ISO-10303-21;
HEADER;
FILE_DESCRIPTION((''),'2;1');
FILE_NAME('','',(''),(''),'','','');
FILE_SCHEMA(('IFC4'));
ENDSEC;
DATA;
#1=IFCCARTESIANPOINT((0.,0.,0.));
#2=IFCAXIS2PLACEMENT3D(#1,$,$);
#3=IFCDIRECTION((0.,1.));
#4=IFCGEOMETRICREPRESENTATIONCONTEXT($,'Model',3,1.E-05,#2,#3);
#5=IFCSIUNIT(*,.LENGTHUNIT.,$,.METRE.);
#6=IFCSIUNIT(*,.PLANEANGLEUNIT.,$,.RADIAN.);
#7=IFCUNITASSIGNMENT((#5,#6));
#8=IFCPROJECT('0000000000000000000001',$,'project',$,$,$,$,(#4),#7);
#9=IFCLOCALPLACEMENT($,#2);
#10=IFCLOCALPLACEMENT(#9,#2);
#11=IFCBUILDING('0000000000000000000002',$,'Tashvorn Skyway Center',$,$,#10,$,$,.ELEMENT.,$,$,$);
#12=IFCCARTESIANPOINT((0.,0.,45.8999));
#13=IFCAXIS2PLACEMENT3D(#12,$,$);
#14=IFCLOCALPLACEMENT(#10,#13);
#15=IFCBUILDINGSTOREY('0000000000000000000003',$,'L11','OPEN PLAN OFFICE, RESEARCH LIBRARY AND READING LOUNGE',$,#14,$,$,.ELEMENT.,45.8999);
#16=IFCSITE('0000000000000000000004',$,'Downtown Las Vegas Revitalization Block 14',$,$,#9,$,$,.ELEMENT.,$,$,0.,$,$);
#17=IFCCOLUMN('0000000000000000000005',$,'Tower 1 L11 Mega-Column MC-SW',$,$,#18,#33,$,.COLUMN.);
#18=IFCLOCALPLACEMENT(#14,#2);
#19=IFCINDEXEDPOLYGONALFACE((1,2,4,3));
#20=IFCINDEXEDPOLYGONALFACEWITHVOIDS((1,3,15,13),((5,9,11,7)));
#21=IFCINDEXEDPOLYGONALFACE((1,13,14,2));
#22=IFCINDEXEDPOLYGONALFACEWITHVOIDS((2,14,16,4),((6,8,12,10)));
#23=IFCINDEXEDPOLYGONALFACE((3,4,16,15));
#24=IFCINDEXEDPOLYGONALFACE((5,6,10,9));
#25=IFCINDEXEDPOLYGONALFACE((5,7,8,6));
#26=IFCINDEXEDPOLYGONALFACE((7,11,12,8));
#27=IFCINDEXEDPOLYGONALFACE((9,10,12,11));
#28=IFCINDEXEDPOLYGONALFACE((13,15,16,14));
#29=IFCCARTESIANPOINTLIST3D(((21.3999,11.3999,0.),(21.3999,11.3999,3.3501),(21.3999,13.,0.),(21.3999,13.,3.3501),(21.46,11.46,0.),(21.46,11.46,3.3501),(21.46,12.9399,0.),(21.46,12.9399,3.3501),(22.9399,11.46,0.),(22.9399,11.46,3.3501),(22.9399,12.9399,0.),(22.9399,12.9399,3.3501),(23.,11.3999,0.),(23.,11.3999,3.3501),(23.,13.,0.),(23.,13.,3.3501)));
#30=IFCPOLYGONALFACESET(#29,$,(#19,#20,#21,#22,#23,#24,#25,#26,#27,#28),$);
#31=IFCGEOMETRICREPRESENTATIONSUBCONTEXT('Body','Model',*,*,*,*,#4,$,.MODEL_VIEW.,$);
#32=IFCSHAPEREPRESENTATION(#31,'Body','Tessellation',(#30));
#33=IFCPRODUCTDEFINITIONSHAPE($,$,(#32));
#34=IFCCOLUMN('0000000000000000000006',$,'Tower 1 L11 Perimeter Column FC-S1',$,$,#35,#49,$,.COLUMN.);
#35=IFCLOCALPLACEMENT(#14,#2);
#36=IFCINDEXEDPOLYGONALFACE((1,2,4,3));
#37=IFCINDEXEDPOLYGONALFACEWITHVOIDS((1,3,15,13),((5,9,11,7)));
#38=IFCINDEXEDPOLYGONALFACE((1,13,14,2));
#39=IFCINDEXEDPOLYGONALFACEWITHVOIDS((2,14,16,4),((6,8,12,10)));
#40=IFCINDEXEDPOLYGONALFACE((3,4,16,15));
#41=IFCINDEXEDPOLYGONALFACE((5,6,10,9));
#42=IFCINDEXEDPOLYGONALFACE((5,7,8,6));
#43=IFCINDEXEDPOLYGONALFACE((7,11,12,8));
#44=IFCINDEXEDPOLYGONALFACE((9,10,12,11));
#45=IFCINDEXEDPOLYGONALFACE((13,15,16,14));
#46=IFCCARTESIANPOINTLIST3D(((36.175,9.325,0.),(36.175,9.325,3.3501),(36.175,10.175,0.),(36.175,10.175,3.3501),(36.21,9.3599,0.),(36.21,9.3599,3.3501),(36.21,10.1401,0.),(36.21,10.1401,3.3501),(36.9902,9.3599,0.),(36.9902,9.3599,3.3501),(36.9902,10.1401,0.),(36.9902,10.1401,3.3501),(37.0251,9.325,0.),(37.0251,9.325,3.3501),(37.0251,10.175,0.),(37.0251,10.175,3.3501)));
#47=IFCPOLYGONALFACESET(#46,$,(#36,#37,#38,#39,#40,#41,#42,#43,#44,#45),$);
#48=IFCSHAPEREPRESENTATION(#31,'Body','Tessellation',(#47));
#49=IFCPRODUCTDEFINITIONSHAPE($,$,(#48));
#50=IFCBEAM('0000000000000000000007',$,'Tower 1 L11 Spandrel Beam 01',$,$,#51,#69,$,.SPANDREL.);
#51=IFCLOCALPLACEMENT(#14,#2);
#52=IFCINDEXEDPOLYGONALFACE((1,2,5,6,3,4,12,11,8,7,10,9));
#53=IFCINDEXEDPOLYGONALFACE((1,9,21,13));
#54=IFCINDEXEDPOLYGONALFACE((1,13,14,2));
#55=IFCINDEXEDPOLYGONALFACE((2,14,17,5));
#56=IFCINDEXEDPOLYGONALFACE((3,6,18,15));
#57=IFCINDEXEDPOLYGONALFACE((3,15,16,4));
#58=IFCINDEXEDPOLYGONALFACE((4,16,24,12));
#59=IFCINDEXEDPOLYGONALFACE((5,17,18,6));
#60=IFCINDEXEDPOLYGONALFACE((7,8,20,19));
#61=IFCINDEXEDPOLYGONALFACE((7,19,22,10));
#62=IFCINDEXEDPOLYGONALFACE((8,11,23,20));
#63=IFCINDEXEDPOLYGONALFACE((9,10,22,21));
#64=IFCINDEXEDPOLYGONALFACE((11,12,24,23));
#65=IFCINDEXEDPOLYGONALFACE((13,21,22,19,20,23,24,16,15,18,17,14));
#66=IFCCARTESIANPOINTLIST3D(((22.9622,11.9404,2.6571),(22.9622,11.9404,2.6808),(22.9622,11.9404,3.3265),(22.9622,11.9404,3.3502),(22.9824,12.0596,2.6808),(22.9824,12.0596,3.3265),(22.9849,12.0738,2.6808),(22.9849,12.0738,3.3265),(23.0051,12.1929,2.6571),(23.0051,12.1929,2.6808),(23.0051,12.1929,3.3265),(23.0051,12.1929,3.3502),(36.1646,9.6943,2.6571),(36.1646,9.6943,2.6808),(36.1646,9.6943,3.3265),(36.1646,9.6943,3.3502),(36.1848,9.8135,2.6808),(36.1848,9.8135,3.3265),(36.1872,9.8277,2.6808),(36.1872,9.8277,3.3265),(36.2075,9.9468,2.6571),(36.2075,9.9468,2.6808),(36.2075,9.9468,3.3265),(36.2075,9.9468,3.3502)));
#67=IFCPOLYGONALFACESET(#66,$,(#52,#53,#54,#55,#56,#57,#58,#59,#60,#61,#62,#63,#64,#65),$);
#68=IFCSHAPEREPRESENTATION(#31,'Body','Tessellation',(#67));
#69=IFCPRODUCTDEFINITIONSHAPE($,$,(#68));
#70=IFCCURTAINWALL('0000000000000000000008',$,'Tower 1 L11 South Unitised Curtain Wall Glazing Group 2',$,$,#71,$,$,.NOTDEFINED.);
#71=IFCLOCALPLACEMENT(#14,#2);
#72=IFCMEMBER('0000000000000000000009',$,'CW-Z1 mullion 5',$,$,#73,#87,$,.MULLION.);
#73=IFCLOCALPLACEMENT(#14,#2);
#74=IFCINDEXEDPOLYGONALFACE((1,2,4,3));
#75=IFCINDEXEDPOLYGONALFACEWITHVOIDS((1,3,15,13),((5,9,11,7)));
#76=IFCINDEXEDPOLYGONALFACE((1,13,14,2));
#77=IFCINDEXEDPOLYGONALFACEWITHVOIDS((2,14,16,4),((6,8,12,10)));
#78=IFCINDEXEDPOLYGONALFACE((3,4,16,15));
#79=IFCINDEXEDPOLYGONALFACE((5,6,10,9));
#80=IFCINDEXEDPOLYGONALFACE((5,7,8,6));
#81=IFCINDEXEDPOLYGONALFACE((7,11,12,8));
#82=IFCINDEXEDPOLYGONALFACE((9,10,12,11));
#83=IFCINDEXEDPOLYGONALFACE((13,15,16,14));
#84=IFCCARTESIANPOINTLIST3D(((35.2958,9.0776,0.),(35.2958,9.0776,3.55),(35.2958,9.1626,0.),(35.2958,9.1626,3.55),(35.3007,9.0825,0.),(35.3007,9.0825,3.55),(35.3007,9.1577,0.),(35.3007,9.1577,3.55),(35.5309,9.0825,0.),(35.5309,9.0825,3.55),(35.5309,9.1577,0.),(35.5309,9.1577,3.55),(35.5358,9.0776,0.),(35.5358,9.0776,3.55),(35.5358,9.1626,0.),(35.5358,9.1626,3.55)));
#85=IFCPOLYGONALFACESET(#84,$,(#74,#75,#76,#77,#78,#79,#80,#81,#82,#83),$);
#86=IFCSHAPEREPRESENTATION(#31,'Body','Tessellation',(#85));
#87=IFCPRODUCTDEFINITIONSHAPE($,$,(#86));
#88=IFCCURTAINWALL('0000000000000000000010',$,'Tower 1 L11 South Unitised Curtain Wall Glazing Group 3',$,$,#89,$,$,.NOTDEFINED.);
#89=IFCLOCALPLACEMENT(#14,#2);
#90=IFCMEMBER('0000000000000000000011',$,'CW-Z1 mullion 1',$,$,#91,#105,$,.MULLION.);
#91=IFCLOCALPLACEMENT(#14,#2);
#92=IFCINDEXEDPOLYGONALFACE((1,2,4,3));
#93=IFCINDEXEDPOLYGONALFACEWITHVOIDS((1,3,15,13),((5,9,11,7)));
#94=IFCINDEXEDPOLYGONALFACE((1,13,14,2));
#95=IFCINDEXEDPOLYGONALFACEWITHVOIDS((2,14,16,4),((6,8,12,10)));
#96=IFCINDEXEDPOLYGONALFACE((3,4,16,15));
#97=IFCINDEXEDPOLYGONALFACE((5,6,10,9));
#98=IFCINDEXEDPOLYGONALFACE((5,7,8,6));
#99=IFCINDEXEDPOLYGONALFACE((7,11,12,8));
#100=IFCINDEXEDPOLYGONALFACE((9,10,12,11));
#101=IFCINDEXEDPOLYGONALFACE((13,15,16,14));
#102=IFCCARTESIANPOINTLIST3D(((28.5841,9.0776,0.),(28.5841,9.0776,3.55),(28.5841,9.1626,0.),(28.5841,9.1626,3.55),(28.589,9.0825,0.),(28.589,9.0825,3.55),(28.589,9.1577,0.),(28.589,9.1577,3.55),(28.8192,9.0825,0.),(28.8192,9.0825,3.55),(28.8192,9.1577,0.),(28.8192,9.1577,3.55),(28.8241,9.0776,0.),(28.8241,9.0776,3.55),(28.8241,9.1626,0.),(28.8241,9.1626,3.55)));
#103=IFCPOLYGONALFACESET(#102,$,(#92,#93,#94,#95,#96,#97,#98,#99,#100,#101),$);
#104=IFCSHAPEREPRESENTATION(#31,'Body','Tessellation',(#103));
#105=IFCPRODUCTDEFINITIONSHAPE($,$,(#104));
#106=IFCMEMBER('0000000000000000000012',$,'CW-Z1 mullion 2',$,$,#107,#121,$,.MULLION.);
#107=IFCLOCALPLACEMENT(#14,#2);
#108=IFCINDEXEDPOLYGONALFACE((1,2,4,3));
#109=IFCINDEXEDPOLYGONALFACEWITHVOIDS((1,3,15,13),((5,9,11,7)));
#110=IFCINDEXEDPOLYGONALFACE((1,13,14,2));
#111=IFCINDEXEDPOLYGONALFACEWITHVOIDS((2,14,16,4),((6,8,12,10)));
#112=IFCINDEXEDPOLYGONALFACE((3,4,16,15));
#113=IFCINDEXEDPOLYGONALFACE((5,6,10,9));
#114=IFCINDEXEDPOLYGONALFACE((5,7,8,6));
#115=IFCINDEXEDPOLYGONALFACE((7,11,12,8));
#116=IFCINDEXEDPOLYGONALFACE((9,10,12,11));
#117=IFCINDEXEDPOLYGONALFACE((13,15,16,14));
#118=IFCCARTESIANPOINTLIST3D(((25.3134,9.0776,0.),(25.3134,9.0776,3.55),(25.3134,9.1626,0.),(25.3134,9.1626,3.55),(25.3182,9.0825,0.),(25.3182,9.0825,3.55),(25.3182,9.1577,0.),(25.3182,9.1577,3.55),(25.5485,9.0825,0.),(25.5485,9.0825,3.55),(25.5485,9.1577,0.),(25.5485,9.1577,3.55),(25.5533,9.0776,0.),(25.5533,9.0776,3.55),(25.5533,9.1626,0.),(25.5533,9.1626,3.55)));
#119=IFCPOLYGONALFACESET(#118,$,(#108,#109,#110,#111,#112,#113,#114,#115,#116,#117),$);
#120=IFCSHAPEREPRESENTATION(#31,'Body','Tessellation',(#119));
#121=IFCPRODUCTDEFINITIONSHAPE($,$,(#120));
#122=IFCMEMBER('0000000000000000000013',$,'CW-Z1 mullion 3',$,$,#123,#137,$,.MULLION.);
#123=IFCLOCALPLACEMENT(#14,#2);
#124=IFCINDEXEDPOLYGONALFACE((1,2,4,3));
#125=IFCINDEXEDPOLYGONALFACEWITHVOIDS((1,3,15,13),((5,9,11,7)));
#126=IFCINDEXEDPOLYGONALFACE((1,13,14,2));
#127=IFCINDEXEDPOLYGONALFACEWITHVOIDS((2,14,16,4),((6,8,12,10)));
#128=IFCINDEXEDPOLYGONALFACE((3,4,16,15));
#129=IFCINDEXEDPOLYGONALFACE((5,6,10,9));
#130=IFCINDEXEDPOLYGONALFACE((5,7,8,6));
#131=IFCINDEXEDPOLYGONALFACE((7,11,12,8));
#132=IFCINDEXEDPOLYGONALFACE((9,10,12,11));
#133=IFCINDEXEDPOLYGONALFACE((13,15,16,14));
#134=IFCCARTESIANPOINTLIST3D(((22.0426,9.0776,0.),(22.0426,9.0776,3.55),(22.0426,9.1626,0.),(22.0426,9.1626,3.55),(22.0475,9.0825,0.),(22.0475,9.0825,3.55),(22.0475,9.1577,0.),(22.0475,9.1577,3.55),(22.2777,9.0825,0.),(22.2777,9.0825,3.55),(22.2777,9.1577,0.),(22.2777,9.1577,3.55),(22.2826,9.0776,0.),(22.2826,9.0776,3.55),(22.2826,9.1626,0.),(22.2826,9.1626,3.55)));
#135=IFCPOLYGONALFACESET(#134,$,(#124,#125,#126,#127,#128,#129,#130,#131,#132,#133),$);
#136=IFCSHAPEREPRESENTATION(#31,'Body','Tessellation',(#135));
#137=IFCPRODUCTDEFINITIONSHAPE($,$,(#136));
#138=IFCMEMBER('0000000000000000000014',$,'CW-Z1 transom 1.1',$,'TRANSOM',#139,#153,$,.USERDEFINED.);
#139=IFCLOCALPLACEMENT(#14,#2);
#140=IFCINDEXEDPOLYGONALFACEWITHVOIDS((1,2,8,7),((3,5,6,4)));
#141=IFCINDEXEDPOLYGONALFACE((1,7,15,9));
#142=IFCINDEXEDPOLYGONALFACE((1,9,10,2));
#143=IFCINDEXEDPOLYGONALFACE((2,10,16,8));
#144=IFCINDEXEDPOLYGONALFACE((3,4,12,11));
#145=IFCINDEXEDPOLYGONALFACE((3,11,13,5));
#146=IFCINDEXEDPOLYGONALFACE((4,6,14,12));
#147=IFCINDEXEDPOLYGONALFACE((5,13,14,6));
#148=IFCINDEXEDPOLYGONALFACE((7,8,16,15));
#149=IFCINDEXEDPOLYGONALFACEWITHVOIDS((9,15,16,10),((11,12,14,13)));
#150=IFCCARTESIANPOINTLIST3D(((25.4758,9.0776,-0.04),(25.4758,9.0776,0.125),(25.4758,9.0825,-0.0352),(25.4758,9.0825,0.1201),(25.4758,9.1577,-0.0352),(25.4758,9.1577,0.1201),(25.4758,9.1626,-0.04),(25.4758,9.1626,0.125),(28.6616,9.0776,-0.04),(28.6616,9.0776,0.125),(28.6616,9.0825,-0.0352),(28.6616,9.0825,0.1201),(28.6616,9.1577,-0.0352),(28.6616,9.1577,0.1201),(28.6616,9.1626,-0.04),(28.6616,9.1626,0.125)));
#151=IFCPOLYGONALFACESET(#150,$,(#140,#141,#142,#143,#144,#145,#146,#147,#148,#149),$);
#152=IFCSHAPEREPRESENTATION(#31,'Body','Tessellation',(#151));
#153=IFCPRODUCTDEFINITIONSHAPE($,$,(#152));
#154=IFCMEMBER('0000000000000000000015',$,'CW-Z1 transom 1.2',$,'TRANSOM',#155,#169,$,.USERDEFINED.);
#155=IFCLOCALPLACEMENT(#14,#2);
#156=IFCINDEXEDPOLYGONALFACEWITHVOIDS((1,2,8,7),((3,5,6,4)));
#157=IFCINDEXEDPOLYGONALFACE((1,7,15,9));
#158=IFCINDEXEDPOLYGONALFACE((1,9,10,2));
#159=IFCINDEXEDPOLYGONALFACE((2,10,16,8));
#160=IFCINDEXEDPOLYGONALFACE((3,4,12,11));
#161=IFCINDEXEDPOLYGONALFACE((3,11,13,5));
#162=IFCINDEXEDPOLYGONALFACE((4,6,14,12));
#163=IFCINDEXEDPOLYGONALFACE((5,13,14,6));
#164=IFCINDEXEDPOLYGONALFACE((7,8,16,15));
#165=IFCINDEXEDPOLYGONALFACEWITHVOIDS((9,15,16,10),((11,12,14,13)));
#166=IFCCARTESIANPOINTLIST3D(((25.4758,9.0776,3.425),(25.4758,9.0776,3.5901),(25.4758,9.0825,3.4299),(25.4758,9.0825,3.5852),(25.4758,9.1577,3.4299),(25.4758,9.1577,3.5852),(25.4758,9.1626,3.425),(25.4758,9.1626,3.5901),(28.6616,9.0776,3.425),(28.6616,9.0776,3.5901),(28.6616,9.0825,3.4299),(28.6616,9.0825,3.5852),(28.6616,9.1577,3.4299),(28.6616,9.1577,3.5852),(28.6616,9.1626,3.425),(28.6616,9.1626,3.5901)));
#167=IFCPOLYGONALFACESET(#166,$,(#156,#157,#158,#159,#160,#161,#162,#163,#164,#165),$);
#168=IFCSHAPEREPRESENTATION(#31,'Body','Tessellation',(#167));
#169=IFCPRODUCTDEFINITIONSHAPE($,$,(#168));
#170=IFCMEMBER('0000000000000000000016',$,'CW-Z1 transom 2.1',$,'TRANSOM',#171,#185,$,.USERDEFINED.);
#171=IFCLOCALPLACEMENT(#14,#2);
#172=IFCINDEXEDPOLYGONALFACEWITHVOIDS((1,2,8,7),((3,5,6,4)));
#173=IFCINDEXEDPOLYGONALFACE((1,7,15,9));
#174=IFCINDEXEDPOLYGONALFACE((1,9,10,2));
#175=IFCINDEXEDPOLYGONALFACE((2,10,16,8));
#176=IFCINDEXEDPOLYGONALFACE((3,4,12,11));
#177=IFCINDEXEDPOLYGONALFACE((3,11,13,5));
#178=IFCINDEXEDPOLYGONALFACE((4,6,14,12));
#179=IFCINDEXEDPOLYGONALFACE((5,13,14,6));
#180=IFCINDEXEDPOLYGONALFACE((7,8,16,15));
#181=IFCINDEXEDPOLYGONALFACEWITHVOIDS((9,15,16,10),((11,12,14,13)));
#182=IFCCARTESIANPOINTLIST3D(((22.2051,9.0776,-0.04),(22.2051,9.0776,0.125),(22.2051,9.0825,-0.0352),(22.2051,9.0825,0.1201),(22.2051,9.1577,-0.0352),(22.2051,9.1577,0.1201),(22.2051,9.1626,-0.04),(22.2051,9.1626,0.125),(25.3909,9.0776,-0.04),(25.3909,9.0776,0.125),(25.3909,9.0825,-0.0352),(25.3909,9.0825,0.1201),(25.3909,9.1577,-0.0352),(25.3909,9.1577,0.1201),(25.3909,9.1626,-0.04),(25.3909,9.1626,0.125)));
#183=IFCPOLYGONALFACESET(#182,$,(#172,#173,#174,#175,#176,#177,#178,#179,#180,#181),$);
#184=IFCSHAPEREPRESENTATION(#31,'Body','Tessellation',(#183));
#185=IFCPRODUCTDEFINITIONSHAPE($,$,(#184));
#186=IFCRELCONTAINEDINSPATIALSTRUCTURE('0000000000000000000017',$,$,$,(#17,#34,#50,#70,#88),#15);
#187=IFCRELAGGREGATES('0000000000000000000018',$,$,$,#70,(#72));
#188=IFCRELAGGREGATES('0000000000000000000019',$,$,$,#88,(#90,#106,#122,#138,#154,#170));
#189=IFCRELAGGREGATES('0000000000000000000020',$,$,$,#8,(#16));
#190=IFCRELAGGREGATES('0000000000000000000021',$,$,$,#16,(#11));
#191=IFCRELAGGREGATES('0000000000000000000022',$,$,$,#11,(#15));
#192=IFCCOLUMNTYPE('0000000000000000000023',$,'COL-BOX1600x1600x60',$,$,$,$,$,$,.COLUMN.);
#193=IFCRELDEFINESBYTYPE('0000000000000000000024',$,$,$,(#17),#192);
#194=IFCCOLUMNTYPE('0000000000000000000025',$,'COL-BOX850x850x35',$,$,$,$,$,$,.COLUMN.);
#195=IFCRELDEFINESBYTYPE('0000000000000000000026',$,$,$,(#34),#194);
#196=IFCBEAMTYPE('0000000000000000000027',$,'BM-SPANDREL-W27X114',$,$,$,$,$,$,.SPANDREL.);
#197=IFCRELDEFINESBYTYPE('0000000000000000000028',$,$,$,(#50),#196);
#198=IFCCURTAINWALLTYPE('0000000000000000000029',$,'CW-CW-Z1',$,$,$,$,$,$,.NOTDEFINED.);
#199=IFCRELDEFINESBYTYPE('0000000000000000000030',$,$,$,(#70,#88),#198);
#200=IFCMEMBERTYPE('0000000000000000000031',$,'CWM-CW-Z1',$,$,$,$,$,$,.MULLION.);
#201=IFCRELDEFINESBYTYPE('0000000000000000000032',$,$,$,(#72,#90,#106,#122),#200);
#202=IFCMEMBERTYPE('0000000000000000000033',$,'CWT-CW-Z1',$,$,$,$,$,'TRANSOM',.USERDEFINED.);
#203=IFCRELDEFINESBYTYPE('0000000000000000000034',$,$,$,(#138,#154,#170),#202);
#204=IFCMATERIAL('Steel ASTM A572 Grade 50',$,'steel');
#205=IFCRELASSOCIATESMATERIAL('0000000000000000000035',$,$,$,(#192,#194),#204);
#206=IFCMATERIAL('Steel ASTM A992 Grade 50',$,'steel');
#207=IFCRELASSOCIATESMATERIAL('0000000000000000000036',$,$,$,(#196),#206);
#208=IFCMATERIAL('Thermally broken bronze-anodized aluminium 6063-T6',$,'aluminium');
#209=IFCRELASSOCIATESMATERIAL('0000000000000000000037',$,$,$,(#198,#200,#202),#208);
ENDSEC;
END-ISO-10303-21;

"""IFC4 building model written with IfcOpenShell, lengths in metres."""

from ifc_helpers import new_model, si_unit, direction, frame, origin, origin_2d, place, context, subcontext, project, spatial, hollow_rectangle, i_section, extrude, material, material_profile, profile_set, type_object, element, aggregate, save


model = new_model("IFC4")

# Units and contexts
model_context = context("Model", 3, precision=1e-05, world=origin(), true_north=direction((0.0, 1.0)))
body_context = subcontext(model_context, "Body", "Model", "MODEL_VIEW")
ifc_project = project(units=[si_unit("LENGTHUNIT", "METRE"), si_unit("PLANEANGLEUNIT", "RADIAN")], contexts=[model_context])

# Site, building, storey
site_placement = place(None, origin())
site = spatial("IfcSite", under=ifc_project, at=site_placement, Name="Downtown Las Vegas Revitalization Block 14", CompositionType="ELEMENT", RefElevation=0.0)
building_placement = place(site_placement, origin())
building = spatial("IfcBuilding", under=site, at=building_placement, Name="Tashvorn Skyway Center", CompositionType="ELEMENT")
storey_placement = place(building_placement, frame((0.0, 0.0, 45.8999)))
storey = spatial("IfcBuildingStorey", under=building, at=storey_placement, Name="L11", Description="OPEN PLAN OFFICE, RESEARCH LIBRARY AND READING LOUNGE", CompositionType="ELEMENT", Elevation=45.8999)

# Columns
ifc_material_1 = material(Name="Steel ASTM A572 Grade 50", Category="steel")
ifc_material_profile_1 = material_profile(ifc_material_1, hollow_rectangle(XDim=1.6001, YDim=1.6001, WallThickness=0.0601, at=origin_2d()), Name="BOX1600x1600x60")
ifc_profile_set_1 = profile_set([ifc_material_profile_1], Name="Steel ASTM A572 Grade 50")
column_type_1 = type_object("IfcColumnType", Name="COL-BOX1600x1600x60", PredefinedType="COLUMN", material=ifc_profile_set_1)
column_1_placement = place(storey_placement, frame((22.2, 12.2, 0.0), z_axis=(0.0, 0.0, 1.0), x_axis=(1.0, 0.0, 0.0)))
element("IfcColumn", 1, at=column_1_placement, inside=storey, type_object=column_type_1, Name="Tower 1 L11 Mega-Column MC-SW", PredefinedType="COLUMN", context=body_context, shape_type="SweptSolid", body=[
    extrude(hollow_rectangle(XDim=1.6001, YDim=1.6001, WallThickness=0.0601, at=origin_2d()), origin(), (0.0, 0.0, 1.0), 3.3501),
])
ifc_material_profile_2 = material_profile(ifc_material_1, hollow_rectangle(XDim=0.8501, YDim=0.8501, WallThickness=0.0349, at=origin_2d()), Name="BOX850x850x35")
ifc_profile_set_2 = profile_set([ifc_material_profile_2], Name="Steel ASTM A572 Grade 50")
column_type_2 = type_object("IfcColumnType", Name="COL-BOX850x850x35", PredefinedType="COLUMN", material=ifc_profile_set_2)
column_2_placement = place(storey_placement, frame((36.6001, 9.75, 0.0), z_axis=(0.0, 0.0, 1.0), x_axis=(1.0, 0.0, 0.0)))
element("IfcColumn", 2, at=column_2_placement, inside=storey, type_object=column_type_2, Name="Tower 1 L11 Perimeter Column FC-S1", PredefinedType="COLUMN", context=body_context, shape_type="SweptSolid", body=[
    extrude(hollow_rectangle(XDim=0.8501, YDim=0.8501, WallThickness=0.0349, at=origin_2d()), origin(), (0.0, 0.0, 1.0), 3.3501),
])

# Beam
ifc_material_2 = material(Name="Steel ASTM A992 Grade 50", Category="steel")
ifc_material_profile_3 = material_profile(ifc_material_2, i_section(OverallWidth=0.2561, OverallDepth=0.6931, WebThickness=0.0144, FlangeThickness=0.0237, at=origin_2d()), Name="W27X114")
ifc_profile_set_3 = profile_set([ifc_material_profile_3], Name="Steel ASTM A992 Grade 50")
beam_type = type_object("IfcBeamType", Name="BM-SPANDREL-W27X114", PredefinedType="SPANDREL", material=ifc_profile_set_3)
beam_placement = place(storey_placement, frame((22.9836, 12.0667, 3.0037), z_axis=(0.985835, -0.167718, 0.0), x_axis=(0.167718, 0.985835, 0.0)))
element("IfcBeam", 3, at=beam_placement, inside=storey, type_object=beam_type, Name="Tower 1 L11 Spandrel Beam 01", PredefinedType="SPANDREL", context=body_context, shape_type="SweptSolid", body=[
    extrude(i_section(OverallWidth=0.2561, OverallDepth=0.6931, WebThickness=0.0144, FlangeThickness=0.0237, at=origin_2d()), origin(), (0.0, 0.0, 1.0), 13.3921),
])

# Curtain wall, member
ifc_material_3 = material(Name="Thermally broken bronze-anodized aluminium 6063-T6", Category="aluminium")
curtain_wall_type = type_object("IfcCurtainWallType", Name="CW-CW-Z1", PredefinedType="NOTDEFINED", material=ifc_material_3)
curtain_wall_1_placement = place(storey_placement, origin())
curtain_wall_1 = element("IfcCurtainWall", 4, at=curtain_wall_1_placement, inside=storey, type_object=curtain_wall_type, Name="Tower 1 L11 South Unitised Curtain Wall Glazing Group 2", PredefinedType="NOTDEFINED")
ifc_material_profile_4 = material_profile(ifc_material_3, hollow_rectangle(XDim=0.085, YDim=0.24, WallThickness=0.0049, at=origin_2d()), Name="ALU-MULL-85x240")
ifc_profile_set_4 = profile_set([ifc_material_profile_4], Name="Thermally broken bronze-anodized aluminium 6063-T6")
member_type_1 = type_object("IfcMemberType", Name="CWM-CW-Z1", PredefinedType="MULLION", material=ifc_profile_set_4)
member_1_placement = place(storey_placement, frame((35.4158, 9.1201, 0.0), z_axis=(0.0, 0.0, 1.0), x_axis=(0.0, -1.0, 0.0)))
member_1 = element("IfcMember", 5, at=member_1_placement, type_object=member_type_1, Name="CW-Z1 mullion 5", PredefinedType="MULLION", context=body_context, shape_type="SweptSolid", body=[
    extrude(hollow_rectangle(XDim=0.085, YDim=0.24, WallThickness=0.0049, at=origin_2d()), origin(), (0.0, 0.0, 1.0), 3.55),
])
aggregate(curtain_wall_1, [member_1])

# Curtain wall, members
curtain_wall_2_placement = place(storey_placement, origin())
curtain_wall_2 = element("IfcCurtainWall", 6, at=curtain_wall_2_placement, inside=storey, type_object=curtain_wall_type, Name="Tower 1 L11 South Unitised Curtain Wall Glazing Group 3", PredefinedType="NOTDEFINED")
member_2_placement = place(storey_placement, frame((28.7041, 9.1201, 0.0), z_axis=(0.0, 0.0, 1.0), x_axis=(0.0, -1.0, 0.0)))
member_2 = element("IfcMember", 7, at=member_2_placement, type_object=member_type_1, Name="CW-Z1 mullion 1", PredefinedType="MULLION", context=body_context, shape_type="SweptSolid", body=[
    extrude(hollow_rectangle(XDim=0.085, YDim=0.24, WallThickness=0.0049, at=origin_2d()), origin(), (0.0, 0.0, 1.0), 3.55),
])
member_3_placement = place(storey_placement, frame((25.4333, 9.1201, 0.0), z_axis=(0.0, 0.0, 1.0), x_axis=(0.0, -1.0, 0.0)))
member_3 = element("IfcMember", 8, at=member_3_placement, type_object=member_type_1, Name="CW-Z1 mullion 2", PredefinedType="MULLION", context=body_context, shape_type="SweptSolid", body=[
    extrude(hollow_rectangle(XDim=0.085, YDim=0.24, WallThickness=0.0049, at=origin_2d()), origin(), (0.0, 0.0, 1.0), 3.55),
])
member_4_placement = place(storey_placement, frame((22.1626, 9.1201, 0.0), z_axis=(0.0, 0.0, 1.0), x_axis=(0.0, -1.0, 0.0)))
member_4 = element("IfcMember", 9, at=member_4_placement, type_object=member_type_1, Name="CW-Z1 mullion 3", PredefinedType="MULLION", context=body_context, shape_type="SweptSolid", body=[
    extrude(hollow_rectangle(XDim=0.085, YDim=0.24, WallThickness=0.0049, at=origin_2d()), origin(), (0.0, 0.0, 1.0), 3.55),
])
ifc_material_profile_5 = material_profile(ifc_material_3, hollow_rectangle(XDim=0.085, YDim=0.165, WallThickness=0.0049, at=origin_2d()), Name="ALU-TRAN-85x165")
ifc_profile_set_5 = profile_set([ifc_material_profile_5], Name="Thermally broken bronze-anodized aluminium 6063-T6")
member_type_2 = type_object("IfcMemberType", Name="CWT-CW-Z1", ElementType="TRANSOM", PredefinedType="USERDEFINED", material=ifc_profile_set_5)
member_5_placement = place(storey_placement, frame((28.6616, 9.1201, 0.0425), z_axis=(-1.0, 0.0, 0.0), x_axis=(0.0, -1.0, 0.0)))
member_5 = element("IfcMember", 10, at=member_5_placement, type_object=member_type_2, Name="CW-Z1 transom 1.1", ObjectType="TRANSOM", PredefinedType="USERDEFINED", context=body_context, shape_type="SweptSolid", body=[
    extrude(hollow_rectangle(XDim=0.085, YDim=0.165, WallThickness=0.0049, at=origin_2d()), origin(), (0.0, 0.0, 1.0), 3.1858),
])
member_6_placement = place(storey_placement, frame((28.6616, 9.1201, 3.5076), z_axis=(-1.0, 0.0, 0.0), x_axis=(0.0, -1.0, 0.0)))
member_6 = element("IfcMember", 11, at=member_6_placement, type_object=member_type_2, Name="CW-Z1 transom 1.2", ObjectType="TRANSOM", PredefinedType="USERDEFINED", context=body_context, shape_type="SweptSolid", body=[
    extrude(hollow_rectangle(XDim=0.085, YDim=0.165, WallThickness=0.0049, at=origin_2d()), origin(), (0.0, 0.0, 1.0), 3.1858),
])
member_7_placement = place(storey_placement, frame((25.3909, 9.1201, 0.0425), z_axis=(-1.0, 0.0, 0.0), x_axis=(0.0, -1.0, 0.0)))
member_7 = element("IfcMember", 12, at=member_7_placement, type_object=member_type_2, Name="CW-Z1 transom 2.1", ObjectType="TRANSOM", PredefinedType="USERDEFINED", context=body_context, shape_type="SweptSolid", body=[
    extrude(hollow_rectangle(XDim=0.085, YDim=0.165, WallThickness=0.0049, at=origin_2d()), origin(), (0.0, 0.0, 1.0), 3.1858),
])

aggregate(curtain_wall_2, [member_2, member_3, member_4, member_5, member_6, member_7])

save(model, "model.ifc")
